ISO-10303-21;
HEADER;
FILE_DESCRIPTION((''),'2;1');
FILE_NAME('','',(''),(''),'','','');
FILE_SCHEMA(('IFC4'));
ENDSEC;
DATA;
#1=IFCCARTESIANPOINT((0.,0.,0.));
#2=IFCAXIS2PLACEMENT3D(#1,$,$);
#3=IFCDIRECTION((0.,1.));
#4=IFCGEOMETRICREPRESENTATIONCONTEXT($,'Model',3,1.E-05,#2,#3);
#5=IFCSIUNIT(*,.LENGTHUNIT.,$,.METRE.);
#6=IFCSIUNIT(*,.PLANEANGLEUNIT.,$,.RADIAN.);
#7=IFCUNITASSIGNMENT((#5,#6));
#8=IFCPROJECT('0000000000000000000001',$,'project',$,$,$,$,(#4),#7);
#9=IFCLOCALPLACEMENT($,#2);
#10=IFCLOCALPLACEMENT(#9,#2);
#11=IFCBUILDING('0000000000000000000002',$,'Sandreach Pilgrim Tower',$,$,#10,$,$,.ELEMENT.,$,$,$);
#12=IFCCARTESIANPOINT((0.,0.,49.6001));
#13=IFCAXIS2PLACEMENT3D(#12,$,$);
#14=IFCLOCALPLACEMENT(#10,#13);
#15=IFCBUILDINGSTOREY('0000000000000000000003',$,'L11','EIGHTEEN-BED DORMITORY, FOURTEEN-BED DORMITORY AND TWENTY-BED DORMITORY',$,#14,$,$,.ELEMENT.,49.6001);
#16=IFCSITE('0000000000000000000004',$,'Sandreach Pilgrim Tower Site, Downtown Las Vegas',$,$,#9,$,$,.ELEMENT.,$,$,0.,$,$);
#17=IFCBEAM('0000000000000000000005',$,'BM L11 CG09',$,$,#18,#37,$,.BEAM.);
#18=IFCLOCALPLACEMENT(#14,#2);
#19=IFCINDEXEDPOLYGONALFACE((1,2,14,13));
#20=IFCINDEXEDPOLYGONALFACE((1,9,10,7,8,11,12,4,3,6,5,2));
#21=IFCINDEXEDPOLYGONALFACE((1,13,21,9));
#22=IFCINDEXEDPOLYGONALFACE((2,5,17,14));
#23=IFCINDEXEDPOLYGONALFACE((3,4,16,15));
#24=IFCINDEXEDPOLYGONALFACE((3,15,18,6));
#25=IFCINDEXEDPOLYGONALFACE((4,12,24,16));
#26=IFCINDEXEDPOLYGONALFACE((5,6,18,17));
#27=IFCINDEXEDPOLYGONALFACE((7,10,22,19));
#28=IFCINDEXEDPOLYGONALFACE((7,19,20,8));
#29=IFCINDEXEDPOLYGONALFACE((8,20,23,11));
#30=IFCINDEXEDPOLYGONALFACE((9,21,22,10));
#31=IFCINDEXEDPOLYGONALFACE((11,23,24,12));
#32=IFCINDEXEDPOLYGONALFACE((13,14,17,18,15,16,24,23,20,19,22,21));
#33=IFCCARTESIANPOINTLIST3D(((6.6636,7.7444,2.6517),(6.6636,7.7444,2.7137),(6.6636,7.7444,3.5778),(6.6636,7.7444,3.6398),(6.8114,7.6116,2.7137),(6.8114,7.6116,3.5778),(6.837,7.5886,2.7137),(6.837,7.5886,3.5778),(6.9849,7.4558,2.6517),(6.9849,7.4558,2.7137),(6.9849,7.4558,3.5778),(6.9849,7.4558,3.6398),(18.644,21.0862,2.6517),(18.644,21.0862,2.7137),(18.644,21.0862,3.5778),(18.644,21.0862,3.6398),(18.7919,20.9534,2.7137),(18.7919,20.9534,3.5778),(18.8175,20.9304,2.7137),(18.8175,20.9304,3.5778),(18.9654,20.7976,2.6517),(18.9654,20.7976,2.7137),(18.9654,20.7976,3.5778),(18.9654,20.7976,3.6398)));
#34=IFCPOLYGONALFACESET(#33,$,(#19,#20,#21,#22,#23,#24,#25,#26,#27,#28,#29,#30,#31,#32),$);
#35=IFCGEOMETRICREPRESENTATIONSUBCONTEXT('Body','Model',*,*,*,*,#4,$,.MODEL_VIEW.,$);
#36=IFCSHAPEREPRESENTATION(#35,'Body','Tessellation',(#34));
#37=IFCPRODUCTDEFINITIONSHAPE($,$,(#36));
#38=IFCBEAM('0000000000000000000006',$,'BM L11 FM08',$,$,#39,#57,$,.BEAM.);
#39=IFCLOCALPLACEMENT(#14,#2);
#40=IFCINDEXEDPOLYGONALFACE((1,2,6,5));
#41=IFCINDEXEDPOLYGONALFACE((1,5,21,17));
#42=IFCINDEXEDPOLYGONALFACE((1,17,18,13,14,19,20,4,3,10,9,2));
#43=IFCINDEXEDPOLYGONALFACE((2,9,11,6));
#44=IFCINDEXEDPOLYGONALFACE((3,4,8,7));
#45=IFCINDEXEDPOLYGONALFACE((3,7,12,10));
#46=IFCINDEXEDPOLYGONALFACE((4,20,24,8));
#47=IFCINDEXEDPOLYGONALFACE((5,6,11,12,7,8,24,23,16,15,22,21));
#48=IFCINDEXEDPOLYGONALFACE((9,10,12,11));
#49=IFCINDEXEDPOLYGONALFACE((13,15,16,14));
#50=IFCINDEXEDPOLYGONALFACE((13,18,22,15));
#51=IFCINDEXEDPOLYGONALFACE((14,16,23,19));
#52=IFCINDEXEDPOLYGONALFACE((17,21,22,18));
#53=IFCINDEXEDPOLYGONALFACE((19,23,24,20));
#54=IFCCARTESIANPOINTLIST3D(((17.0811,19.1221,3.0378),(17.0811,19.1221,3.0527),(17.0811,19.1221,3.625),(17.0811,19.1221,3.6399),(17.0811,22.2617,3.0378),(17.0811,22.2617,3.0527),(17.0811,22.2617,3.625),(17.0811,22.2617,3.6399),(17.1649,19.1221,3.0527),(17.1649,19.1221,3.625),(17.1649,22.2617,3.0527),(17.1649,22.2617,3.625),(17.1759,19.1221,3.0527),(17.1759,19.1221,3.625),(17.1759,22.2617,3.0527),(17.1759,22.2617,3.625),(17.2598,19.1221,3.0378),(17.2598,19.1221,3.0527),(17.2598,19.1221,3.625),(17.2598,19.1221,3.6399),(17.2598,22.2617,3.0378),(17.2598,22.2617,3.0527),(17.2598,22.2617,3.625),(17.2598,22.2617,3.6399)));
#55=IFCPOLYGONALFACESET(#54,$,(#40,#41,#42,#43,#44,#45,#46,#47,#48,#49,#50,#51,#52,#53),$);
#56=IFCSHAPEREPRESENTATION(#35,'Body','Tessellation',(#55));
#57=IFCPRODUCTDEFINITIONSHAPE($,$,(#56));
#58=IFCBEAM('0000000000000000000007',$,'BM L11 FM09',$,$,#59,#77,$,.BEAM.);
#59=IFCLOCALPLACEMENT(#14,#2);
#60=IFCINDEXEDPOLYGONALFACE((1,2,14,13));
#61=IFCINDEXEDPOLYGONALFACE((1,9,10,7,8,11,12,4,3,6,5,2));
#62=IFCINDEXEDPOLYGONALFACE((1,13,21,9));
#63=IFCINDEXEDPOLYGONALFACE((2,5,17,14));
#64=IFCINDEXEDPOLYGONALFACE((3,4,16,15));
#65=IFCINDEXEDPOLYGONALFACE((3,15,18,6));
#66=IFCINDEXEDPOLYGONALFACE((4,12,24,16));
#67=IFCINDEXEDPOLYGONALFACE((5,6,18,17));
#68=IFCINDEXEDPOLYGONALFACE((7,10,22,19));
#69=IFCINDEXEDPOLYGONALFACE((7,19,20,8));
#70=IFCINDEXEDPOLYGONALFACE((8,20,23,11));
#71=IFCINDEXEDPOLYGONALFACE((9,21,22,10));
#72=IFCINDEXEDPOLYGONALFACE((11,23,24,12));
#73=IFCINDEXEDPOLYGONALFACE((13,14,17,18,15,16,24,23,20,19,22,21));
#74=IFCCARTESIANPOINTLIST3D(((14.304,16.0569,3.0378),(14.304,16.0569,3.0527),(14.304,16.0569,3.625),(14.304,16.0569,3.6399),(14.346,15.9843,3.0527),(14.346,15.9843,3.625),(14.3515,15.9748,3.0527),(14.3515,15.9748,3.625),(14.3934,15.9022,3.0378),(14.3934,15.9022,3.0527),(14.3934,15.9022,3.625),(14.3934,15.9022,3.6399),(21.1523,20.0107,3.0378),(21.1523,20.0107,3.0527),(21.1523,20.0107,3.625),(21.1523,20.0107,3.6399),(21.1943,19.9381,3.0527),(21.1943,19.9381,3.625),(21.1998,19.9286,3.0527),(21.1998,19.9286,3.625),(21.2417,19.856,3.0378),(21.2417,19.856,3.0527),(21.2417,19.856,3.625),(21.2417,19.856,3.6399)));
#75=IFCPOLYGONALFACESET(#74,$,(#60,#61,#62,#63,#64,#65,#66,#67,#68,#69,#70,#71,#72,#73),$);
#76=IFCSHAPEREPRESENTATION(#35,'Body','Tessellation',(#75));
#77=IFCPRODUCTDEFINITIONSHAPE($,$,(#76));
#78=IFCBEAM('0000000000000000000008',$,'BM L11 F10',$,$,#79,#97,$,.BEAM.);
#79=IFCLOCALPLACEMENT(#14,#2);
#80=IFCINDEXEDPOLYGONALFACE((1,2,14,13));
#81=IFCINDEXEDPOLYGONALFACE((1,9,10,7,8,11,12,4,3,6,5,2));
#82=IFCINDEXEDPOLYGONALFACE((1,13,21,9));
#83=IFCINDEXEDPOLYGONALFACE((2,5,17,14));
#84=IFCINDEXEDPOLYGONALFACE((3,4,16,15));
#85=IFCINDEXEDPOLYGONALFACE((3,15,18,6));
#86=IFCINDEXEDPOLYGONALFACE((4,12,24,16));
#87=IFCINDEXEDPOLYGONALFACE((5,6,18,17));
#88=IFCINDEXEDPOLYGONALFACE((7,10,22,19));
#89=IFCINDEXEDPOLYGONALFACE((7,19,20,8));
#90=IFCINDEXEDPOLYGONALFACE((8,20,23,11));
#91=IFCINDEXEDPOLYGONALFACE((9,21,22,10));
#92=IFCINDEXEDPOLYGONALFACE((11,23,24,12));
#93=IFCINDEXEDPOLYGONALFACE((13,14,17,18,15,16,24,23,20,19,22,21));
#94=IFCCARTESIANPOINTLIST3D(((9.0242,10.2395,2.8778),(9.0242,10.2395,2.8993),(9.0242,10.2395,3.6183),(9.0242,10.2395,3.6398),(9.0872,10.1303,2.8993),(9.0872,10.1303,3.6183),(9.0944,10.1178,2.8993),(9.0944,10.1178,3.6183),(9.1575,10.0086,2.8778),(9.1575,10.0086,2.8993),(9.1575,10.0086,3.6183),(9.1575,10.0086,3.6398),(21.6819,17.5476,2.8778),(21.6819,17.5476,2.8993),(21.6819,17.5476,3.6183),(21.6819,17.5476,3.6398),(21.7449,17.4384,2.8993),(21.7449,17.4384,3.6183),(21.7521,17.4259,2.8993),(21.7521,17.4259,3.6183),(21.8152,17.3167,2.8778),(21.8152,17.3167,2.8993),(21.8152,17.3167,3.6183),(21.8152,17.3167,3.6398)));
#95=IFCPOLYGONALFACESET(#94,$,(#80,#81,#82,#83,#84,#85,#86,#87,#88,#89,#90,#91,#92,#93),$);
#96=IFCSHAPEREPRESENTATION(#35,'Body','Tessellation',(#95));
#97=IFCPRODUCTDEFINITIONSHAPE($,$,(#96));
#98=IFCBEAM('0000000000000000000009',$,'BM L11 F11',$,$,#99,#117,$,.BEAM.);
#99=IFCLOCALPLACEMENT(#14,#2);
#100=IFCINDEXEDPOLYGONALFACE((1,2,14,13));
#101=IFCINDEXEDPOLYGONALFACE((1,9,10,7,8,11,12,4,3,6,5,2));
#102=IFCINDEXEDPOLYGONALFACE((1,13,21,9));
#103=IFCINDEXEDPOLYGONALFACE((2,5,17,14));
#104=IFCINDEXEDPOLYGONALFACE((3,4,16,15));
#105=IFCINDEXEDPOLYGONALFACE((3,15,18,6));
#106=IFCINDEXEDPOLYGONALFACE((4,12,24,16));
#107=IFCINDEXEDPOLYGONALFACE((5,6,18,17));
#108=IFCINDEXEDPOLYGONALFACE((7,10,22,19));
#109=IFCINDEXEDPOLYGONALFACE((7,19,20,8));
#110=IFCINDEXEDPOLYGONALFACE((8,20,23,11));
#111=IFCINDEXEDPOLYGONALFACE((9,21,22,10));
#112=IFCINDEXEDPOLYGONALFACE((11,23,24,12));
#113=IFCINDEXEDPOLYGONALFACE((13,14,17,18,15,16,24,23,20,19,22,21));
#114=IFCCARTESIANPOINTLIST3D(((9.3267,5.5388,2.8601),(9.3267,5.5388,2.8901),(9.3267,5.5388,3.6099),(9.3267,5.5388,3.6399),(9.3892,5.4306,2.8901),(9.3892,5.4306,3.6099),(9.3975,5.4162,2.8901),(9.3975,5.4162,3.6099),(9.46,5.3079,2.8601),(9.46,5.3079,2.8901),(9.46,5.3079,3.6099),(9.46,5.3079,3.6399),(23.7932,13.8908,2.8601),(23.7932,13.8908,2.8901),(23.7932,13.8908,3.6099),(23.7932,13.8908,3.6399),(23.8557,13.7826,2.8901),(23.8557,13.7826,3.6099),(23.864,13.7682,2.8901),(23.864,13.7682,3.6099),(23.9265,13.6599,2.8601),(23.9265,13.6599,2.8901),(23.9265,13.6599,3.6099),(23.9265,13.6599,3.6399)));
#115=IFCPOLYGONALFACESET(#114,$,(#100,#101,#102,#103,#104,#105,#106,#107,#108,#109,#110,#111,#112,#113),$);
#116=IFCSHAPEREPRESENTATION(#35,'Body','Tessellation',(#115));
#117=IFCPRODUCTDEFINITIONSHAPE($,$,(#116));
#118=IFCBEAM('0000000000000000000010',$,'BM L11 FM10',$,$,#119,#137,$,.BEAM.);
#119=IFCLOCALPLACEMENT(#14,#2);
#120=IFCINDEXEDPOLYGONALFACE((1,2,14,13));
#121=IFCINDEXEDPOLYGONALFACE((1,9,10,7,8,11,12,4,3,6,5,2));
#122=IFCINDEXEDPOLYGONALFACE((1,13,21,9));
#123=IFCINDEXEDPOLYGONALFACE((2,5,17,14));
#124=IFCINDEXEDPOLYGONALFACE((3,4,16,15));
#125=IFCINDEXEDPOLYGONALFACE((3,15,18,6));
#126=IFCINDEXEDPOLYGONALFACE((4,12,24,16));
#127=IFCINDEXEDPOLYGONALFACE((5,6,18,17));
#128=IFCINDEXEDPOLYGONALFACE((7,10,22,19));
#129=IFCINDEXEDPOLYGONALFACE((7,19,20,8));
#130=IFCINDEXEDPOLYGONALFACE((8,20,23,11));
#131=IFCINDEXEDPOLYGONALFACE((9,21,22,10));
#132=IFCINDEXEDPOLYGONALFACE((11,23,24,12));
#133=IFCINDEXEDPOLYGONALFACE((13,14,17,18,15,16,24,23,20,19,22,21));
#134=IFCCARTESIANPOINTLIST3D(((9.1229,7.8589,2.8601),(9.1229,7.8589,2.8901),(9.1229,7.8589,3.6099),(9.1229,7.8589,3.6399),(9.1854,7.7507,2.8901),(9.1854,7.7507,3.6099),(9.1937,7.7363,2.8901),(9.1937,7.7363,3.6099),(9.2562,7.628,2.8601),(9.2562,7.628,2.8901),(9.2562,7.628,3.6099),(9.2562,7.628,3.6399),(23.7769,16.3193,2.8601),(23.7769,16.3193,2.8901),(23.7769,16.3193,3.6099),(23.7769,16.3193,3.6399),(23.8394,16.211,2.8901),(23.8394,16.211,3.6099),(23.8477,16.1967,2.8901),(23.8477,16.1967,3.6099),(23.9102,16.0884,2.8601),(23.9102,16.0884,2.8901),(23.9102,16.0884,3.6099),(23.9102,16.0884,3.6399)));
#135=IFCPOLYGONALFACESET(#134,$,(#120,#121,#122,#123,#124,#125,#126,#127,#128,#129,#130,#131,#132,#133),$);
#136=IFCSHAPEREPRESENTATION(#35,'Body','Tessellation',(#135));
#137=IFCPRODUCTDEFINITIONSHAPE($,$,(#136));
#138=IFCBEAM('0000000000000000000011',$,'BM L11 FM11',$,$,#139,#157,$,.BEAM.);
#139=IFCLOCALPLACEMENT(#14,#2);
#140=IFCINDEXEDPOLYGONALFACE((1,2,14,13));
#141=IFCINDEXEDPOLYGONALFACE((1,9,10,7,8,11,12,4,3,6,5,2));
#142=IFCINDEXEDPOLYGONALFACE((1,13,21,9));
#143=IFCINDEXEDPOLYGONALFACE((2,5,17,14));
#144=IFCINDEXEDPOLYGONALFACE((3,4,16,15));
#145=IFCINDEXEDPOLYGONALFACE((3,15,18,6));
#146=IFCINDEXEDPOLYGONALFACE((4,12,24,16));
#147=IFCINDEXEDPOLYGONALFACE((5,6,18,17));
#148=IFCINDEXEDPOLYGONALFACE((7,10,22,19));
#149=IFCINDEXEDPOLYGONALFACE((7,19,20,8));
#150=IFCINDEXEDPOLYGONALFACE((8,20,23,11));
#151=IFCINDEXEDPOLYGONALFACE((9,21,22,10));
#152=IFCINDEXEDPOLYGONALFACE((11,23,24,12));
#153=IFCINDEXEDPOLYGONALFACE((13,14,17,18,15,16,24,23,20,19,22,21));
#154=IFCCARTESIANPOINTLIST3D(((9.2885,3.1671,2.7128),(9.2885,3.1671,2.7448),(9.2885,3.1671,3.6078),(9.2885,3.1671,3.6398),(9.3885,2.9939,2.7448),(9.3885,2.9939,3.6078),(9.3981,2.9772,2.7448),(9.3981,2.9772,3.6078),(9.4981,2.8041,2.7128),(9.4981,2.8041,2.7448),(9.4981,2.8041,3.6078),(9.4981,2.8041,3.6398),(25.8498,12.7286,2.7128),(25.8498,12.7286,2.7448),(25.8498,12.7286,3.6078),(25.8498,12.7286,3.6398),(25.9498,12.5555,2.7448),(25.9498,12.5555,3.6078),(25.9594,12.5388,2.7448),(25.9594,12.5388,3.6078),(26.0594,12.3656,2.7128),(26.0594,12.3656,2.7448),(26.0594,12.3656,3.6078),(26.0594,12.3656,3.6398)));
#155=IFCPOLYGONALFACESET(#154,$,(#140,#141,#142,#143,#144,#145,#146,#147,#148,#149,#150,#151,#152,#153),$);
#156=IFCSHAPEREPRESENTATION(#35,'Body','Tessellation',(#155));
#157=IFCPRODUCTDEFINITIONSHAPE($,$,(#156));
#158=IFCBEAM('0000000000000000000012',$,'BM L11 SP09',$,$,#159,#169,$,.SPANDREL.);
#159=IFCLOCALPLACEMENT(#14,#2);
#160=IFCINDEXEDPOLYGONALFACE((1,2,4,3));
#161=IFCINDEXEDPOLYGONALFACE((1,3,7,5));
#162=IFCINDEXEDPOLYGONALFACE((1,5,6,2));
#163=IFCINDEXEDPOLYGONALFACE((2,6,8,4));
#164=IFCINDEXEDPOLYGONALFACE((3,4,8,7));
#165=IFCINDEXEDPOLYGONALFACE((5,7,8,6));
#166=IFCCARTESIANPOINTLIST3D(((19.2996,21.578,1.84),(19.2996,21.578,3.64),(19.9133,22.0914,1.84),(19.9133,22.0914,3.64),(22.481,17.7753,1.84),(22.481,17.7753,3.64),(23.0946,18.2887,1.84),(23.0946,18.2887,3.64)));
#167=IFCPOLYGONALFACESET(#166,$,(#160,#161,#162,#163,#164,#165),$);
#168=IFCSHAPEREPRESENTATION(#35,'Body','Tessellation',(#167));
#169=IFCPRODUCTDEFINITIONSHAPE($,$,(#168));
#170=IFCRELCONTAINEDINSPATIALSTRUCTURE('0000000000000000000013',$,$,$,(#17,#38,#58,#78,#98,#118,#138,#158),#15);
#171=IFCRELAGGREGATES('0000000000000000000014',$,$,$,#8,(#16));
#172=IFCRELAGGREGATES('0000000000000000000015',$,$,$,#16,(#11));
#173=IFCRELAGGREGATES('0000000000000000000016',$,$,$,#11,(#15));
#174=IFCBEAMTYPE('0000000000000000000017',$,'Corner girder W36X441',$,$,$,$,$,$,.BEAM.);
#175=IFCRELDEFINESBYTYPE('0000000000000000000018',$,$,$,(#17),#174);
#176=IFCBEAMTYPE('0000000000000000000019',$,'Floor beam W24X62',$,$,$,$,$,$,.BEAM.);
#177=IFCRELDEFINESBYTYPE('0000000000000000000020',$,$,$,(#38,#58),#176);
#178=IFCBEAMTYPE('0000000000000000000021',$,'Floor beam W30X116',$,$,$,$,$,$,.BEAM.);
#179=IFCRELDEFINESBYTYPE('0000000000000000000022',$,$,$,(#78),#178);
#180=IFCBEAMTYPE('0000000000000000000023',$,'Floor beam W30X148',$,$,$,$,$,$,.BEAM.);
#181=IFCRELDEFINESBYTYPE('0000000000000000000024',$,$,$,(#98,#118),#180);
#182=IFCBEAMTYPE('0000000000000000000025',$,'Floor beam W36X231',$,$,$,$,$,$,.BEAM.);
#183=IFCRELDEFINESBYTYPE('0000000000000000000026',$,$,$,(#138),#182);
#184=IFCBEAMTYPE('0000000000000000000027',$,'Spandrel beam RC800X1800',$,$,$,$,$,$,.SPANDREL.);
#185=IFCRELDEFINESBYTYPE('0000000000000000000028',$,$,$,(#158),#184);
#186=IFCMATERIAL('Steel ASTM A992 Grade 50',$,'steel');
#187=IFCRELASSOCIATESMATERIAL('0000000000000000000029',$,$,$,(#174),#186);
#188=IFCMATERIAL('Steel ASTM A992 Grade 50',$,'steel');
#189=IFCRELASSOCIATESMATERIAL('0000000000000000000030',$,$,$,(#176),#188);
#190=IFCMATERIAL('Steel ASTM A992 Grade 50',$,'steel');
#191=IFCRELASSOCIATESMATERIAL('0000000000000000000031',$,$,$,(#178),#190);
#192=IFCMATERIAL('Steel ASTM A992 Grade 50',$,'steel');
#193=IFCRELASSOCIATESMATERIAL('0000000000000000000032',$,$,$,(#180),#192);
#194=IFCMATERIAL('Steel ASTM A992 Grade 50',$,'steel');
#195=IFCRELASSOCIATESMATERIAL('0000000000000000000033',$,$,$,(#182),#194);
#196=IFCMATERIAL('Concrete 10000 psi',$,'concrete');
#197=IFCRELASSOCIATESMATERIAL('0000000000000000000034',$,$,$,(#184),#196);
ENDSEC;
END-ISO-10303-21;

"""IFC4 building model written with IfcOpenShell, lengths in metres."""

from ifc_helpers import new_model, si_unit, direction, frame, origin, origin_2d, place, context, subcontext, project, spatial, rectangle, i_section, extrude, material, material_profile, profile_set, type_object, element, save


model = new_model("IFC4")

# Units and contexts
model_context = context("Model", 3, precision=1e-05, world=origin(), true_north=direction((0.0, 1.0)))
body_context = subcontext(model_context, "Body", "Model", "MODEL_VIEW")
ifc_project = project(units=[si_unit("LENGTHUNIT", "METRE"), si_unit("PLANEANGLEUNIT", "RADIAN")], contexts=[model_context])

# Site, building, storey
site_placement = place(None, origin())
site = spatial("IfcSite", under=ifc_project, at=site_placement, Name="Sandreach Pilgrim Tower Site, Downtown Las Vegas", CompositionType="ELEMENT", RefElevation=0.0)
building_placement = place(site_placement, origin())
building = spatial("IfcBuilding", under=site, at=building_placement, Name="Sandreach Pilgrim Tower", CompositionType="ELEMENT")
storey_placement = place(building_placement, frame((0.0, 0.0, 49.6001)))
storey = spatial("IfcBuildingStorey", under=building, at=storey_placement, Name="L11", Description="EIGHTEEN-BED DORMITORY, FOURTEEN-BED DORMITORY AND TWENTY-BED DORMITORY", CompositionType="ELEMENT", Elevation=49.6001)

# Beams
ifc_material_1 = material(Name="Steel ASTM A992 Grade 50", Category="steel")
ifc_material_profile_1 = material_profile(ifc_material_1, i_section(OverallWidth=0.4319, OverallDepth=0.988, WebThickness=0.0344, FlangeThickness=0.062, at=origin_2d()), Name="W36X441")
ifc_profile_set_1 = profile_set([ifc_material_profile_1], Name="Steel ASTM A992 Grade 50")
beam_type_1 = type_object("IfcBeamType", Name="Corner girder W36X441", PredefinedType="BEAM", material=ifc_profile_set_1)
beam_1_placement = place(storey_placement, frame((18.8047, 20.9419, 3.1458), z_axis=(-0.668128, -0.744047, 0.0), x_axis=(0.744047, -0.668128, 0.0)))
element("IfcBeam", 1, at=beam_1_placement, inside=storey, type_object=beam_type_1, Name="BM L11 CG09", PredefinedType="BEAM", context=body_context, shape_type="SweptSolid", body=[
    extrude(i_section(OverallWidth=0.4319, OverallDepth=0.988, WebThickness=0.0344, FlangeThickness=0.062, at=origin_2d()), origin(), (0.0, 0.0, 1.0), 17.9314),
])
ifc_material_2 = material(Name="Steel ASTM A992 Grade 50", Category="steel")
ifc_material_profile_2 = material_profile(ifc_material_2, i_section(OverallWidth=0.1787, OverallDepth=0.6021, WebThickness=0.011, FlangeThickness=0.0149, at=origin_2d()), Name="W24X62")
ifc_profile_set_2 = profile_set([ifc_material_profile_2], Name="Steel ASTM A992 Grade 50")
beam_type_2 = type_object("IfcBeamType", Name="Floor beam W24X62", PredefinedType="BEAM", material=ifc_profile_set_2)
beam_2_placement = place(storey_placement, frame((17.1704, 22.2617, 3.3389), z_axis=(0.0, -1.0, 0.0), x_axis=(1.0, 0.0, 0.0)))
element("IfcBeam", 2, at=beam_2_placement, inside=storey, type_object=beam_type_2, Name="BM L11 FM08", PredefinedType="BEAM", context=body_context, shape_type="SweptSolid", body=[
    extrude(i_section(OverallWidth=0.1787, OverallDepth=0.6021, WebThickness=0.011, FlangeThickness=0.0149, at=origin_2d()), origin(), (0.0, 0.0, 1.0), 3.1396),
])
beam_3_placement = place(storey_placement, frame((21.197, 19.9333, 3.3389), z_axis=(-0.866029, -0.499994, 0.0), x_axis=(0.499994, -0.866029, 0.0)))
element("IfcBeam", 3, at=beam_3_placement, inside=storey, type_object=beam_type_2, Name="BM L11 FM09", PredefinedType="BEAM", context=body_context, shape_type="SweptSolid", body=[
    extrude(i_section(OverallWidth=0.1787, OverallDepth=0.6021, WebThickness=0.011, FlangeThickness=0.0149, at=origin_2d()), origin(), (0.0, 0.0, 1.0), 7.9077),
])
ifc_material_3 = material(Name="Steel ASTM A992 Grade 50", Category="steel")
ifc_material_profile_3 = material_profile(ifc_material_3, i_section(OverallWidth=0.2666, OverallDepth=0.762, WebThickness=0.0144, FlangeThickness=0.0215, at=origin_2d()), Name="W30X116")
ifc_profile_set_3 = profile_set([ifc_material_profile_3], Name="Steel ASTM A992 Grade 50")
beam_type_3 = type_object("IfcBeamType", Name="Floor beam W30X116", PredefinedType="BEAM", material=ifc_profile_set_3)
beam_4_placement = place(storey_placement, frame((21.7485, 17.4321, 3.2588), z_axis=(-0.86602, -0.500009, 0.0), x_axis=(0.500009, -0.86602, 0.0)))
element("IfcBeam", 4, at=beam_4_placement, inside=storey, type_object=beam_type_3, Name="BM L11 F10", PredefinedType="BEAM", context=body_context, shape_type="SweptSolid", body=[
    extrude(i_section(OverallWidth=0.2666, OverallDepth=0.762, WebThickness=0.0144, FlangeThickness=0.0215, at=origin_2d()), origin(), (0.0, 0.0, 1.0), 14.616),
])
ifc_material_4 = material(Name="Steel ASTM A992 Grade 50", Category="steel")
ifc_material_profile_4 = material_profile(ifc_material_4, i_section(OverallWidth=0.2666, OverallDepth=0.7798, WebThickness=0.0166, FlangeThickness=0.03, at=origin_2d()), Name="W30X148")
ifc_profile_set_4 = profile_set([ifc_material_profile_4], Name="Steel ASTM A992 Grade 50")
beam_type_4 = type_object("IfcBeamType", Name="Floor beam W30X148", PredefinedType="BEAM", material=ifc_profile_set_4)
beam_5_placement = place(storey_placement, frame((23.8599, 13.7754, 3.25), z_axis=(-0.866031, -0.49999, 0.0), x_axis=(0.49999, -0.866031, 0.0)))
element("IfcBeam", 5, at=beam_5_placement, inside=storey, type_object=beam_type_4, Name="BM L11 F11", PredefinedType="BEAM", context=body_context, shape_type="SweptSolid", body=[
    extrude(i_section(OverallWidth=0.2666, OverallDepth=0.7798, WebThickness=0.0166, FlangeThickness=0.03, at=origin_2d()), origin(), (0.0, 0.0, 1.0), 16.7043),
])
beam_6_placement = place(storey_placement, frame((23.8435, 16.2039, 3.25), z_axis=(-0.866027, -0.499997, 0.0), x_axis=(0.499997, -0.866027, 0.0)))
element("IfcBeam", 6, at=beam_6_placement, inside=storey, type_object=beam_type_4, Name="BM L11 FM10", PredefinedType="BEAM", context=body_context, shape_type="SweptSolid", body=[
    extrude(i_section(OverallWidth=0.2666, OverallDepth=0.7798, WebThickness=0.0166, FlangeThickness=0.03, at=origin_2d()), origin(), (0.0, 0.0, 1.0), 16.9209),
])
ifc_material_5 = material(Name="Steel ASTM A992 Grade 50", Category="steel")
ifc_material_profile_5 = material_profile(ifc_material_5, i_section(OverallWidth=0.4192, OverallDepth=0.927, WebThickness=0.0193, FlangeThickness=0.032, at=origin_2d()), Name="W36X231")
ifc_profile_set_5 = profile_set([ifc_material_profile_5], Name="Steel ASTM A992 Grade 50")
beam_type_5 = type_object("IfcBeamType", Name="Floor beam W36X231", PredefinedType="BEAM", material=ifc_profile_set_5)
beam_7_placement = place(storey_placement, frame((25.9546, 12.5471, 3.1763), z_axis=(-0.866028, -0.499995, 0.0), x_axis=(0.499995, -0.866028, 0.0)))
element("IfcBeam", 7, at=beam_7_placement, inside=storey, type_object=beam_type_5, Name="BM L11 FM11", PredefinedType="BEAM", context=body_context, shape_type="SweptSolid", body=[
    extrude(i_section(OverallWidth=0.4192, OverallDepth=0.927, WebThickness=0.0193, FlangeThickness=0.032, at=origin_2d()), origin(), (0.0, 0.0, 1.0), 19.1233),
])
ifc_material_6 = material(Name="Concrete 10000 psi", Category="concrete")
ifc_material_profile_6 = material_profile(ifc_material_6, rectangle(XDim=0.8, YDim=1.8, at=origin_2d()), Name="RC800X1800")
ifc_profile_set_6 = profile_set([ifc_material_profile_6], Name="Concrete 10000 psi")
beam_type_6 = type_object("IfcBeamType", Name="Spandrel beam RC800X1800", PredefinedType="SPANDREL", material=ifc_profile_set_6)
beam_8_placement = place(storey_placement, frame((19.6064, 21.8347, 2.74), z_axis=(0.641665, -0.766985, 0.0), x_axis=(0.766985, 0.641665, 0.0)))
element("IfcBeam", 8, at=beam_8_placement, inside=storey, type_object=beam_type_6, Name="BM L11 SP09", PredefinedType="SPANDREL", context=body_context, shape_type="SweptSolid", body=[
    extrude(rectangle(XDim=0.8, YDim=1.8, at=origin_2d()), origin(), (0.0, 0.0, 1.0), 4.958),
])

save(model, "model.ifc")
